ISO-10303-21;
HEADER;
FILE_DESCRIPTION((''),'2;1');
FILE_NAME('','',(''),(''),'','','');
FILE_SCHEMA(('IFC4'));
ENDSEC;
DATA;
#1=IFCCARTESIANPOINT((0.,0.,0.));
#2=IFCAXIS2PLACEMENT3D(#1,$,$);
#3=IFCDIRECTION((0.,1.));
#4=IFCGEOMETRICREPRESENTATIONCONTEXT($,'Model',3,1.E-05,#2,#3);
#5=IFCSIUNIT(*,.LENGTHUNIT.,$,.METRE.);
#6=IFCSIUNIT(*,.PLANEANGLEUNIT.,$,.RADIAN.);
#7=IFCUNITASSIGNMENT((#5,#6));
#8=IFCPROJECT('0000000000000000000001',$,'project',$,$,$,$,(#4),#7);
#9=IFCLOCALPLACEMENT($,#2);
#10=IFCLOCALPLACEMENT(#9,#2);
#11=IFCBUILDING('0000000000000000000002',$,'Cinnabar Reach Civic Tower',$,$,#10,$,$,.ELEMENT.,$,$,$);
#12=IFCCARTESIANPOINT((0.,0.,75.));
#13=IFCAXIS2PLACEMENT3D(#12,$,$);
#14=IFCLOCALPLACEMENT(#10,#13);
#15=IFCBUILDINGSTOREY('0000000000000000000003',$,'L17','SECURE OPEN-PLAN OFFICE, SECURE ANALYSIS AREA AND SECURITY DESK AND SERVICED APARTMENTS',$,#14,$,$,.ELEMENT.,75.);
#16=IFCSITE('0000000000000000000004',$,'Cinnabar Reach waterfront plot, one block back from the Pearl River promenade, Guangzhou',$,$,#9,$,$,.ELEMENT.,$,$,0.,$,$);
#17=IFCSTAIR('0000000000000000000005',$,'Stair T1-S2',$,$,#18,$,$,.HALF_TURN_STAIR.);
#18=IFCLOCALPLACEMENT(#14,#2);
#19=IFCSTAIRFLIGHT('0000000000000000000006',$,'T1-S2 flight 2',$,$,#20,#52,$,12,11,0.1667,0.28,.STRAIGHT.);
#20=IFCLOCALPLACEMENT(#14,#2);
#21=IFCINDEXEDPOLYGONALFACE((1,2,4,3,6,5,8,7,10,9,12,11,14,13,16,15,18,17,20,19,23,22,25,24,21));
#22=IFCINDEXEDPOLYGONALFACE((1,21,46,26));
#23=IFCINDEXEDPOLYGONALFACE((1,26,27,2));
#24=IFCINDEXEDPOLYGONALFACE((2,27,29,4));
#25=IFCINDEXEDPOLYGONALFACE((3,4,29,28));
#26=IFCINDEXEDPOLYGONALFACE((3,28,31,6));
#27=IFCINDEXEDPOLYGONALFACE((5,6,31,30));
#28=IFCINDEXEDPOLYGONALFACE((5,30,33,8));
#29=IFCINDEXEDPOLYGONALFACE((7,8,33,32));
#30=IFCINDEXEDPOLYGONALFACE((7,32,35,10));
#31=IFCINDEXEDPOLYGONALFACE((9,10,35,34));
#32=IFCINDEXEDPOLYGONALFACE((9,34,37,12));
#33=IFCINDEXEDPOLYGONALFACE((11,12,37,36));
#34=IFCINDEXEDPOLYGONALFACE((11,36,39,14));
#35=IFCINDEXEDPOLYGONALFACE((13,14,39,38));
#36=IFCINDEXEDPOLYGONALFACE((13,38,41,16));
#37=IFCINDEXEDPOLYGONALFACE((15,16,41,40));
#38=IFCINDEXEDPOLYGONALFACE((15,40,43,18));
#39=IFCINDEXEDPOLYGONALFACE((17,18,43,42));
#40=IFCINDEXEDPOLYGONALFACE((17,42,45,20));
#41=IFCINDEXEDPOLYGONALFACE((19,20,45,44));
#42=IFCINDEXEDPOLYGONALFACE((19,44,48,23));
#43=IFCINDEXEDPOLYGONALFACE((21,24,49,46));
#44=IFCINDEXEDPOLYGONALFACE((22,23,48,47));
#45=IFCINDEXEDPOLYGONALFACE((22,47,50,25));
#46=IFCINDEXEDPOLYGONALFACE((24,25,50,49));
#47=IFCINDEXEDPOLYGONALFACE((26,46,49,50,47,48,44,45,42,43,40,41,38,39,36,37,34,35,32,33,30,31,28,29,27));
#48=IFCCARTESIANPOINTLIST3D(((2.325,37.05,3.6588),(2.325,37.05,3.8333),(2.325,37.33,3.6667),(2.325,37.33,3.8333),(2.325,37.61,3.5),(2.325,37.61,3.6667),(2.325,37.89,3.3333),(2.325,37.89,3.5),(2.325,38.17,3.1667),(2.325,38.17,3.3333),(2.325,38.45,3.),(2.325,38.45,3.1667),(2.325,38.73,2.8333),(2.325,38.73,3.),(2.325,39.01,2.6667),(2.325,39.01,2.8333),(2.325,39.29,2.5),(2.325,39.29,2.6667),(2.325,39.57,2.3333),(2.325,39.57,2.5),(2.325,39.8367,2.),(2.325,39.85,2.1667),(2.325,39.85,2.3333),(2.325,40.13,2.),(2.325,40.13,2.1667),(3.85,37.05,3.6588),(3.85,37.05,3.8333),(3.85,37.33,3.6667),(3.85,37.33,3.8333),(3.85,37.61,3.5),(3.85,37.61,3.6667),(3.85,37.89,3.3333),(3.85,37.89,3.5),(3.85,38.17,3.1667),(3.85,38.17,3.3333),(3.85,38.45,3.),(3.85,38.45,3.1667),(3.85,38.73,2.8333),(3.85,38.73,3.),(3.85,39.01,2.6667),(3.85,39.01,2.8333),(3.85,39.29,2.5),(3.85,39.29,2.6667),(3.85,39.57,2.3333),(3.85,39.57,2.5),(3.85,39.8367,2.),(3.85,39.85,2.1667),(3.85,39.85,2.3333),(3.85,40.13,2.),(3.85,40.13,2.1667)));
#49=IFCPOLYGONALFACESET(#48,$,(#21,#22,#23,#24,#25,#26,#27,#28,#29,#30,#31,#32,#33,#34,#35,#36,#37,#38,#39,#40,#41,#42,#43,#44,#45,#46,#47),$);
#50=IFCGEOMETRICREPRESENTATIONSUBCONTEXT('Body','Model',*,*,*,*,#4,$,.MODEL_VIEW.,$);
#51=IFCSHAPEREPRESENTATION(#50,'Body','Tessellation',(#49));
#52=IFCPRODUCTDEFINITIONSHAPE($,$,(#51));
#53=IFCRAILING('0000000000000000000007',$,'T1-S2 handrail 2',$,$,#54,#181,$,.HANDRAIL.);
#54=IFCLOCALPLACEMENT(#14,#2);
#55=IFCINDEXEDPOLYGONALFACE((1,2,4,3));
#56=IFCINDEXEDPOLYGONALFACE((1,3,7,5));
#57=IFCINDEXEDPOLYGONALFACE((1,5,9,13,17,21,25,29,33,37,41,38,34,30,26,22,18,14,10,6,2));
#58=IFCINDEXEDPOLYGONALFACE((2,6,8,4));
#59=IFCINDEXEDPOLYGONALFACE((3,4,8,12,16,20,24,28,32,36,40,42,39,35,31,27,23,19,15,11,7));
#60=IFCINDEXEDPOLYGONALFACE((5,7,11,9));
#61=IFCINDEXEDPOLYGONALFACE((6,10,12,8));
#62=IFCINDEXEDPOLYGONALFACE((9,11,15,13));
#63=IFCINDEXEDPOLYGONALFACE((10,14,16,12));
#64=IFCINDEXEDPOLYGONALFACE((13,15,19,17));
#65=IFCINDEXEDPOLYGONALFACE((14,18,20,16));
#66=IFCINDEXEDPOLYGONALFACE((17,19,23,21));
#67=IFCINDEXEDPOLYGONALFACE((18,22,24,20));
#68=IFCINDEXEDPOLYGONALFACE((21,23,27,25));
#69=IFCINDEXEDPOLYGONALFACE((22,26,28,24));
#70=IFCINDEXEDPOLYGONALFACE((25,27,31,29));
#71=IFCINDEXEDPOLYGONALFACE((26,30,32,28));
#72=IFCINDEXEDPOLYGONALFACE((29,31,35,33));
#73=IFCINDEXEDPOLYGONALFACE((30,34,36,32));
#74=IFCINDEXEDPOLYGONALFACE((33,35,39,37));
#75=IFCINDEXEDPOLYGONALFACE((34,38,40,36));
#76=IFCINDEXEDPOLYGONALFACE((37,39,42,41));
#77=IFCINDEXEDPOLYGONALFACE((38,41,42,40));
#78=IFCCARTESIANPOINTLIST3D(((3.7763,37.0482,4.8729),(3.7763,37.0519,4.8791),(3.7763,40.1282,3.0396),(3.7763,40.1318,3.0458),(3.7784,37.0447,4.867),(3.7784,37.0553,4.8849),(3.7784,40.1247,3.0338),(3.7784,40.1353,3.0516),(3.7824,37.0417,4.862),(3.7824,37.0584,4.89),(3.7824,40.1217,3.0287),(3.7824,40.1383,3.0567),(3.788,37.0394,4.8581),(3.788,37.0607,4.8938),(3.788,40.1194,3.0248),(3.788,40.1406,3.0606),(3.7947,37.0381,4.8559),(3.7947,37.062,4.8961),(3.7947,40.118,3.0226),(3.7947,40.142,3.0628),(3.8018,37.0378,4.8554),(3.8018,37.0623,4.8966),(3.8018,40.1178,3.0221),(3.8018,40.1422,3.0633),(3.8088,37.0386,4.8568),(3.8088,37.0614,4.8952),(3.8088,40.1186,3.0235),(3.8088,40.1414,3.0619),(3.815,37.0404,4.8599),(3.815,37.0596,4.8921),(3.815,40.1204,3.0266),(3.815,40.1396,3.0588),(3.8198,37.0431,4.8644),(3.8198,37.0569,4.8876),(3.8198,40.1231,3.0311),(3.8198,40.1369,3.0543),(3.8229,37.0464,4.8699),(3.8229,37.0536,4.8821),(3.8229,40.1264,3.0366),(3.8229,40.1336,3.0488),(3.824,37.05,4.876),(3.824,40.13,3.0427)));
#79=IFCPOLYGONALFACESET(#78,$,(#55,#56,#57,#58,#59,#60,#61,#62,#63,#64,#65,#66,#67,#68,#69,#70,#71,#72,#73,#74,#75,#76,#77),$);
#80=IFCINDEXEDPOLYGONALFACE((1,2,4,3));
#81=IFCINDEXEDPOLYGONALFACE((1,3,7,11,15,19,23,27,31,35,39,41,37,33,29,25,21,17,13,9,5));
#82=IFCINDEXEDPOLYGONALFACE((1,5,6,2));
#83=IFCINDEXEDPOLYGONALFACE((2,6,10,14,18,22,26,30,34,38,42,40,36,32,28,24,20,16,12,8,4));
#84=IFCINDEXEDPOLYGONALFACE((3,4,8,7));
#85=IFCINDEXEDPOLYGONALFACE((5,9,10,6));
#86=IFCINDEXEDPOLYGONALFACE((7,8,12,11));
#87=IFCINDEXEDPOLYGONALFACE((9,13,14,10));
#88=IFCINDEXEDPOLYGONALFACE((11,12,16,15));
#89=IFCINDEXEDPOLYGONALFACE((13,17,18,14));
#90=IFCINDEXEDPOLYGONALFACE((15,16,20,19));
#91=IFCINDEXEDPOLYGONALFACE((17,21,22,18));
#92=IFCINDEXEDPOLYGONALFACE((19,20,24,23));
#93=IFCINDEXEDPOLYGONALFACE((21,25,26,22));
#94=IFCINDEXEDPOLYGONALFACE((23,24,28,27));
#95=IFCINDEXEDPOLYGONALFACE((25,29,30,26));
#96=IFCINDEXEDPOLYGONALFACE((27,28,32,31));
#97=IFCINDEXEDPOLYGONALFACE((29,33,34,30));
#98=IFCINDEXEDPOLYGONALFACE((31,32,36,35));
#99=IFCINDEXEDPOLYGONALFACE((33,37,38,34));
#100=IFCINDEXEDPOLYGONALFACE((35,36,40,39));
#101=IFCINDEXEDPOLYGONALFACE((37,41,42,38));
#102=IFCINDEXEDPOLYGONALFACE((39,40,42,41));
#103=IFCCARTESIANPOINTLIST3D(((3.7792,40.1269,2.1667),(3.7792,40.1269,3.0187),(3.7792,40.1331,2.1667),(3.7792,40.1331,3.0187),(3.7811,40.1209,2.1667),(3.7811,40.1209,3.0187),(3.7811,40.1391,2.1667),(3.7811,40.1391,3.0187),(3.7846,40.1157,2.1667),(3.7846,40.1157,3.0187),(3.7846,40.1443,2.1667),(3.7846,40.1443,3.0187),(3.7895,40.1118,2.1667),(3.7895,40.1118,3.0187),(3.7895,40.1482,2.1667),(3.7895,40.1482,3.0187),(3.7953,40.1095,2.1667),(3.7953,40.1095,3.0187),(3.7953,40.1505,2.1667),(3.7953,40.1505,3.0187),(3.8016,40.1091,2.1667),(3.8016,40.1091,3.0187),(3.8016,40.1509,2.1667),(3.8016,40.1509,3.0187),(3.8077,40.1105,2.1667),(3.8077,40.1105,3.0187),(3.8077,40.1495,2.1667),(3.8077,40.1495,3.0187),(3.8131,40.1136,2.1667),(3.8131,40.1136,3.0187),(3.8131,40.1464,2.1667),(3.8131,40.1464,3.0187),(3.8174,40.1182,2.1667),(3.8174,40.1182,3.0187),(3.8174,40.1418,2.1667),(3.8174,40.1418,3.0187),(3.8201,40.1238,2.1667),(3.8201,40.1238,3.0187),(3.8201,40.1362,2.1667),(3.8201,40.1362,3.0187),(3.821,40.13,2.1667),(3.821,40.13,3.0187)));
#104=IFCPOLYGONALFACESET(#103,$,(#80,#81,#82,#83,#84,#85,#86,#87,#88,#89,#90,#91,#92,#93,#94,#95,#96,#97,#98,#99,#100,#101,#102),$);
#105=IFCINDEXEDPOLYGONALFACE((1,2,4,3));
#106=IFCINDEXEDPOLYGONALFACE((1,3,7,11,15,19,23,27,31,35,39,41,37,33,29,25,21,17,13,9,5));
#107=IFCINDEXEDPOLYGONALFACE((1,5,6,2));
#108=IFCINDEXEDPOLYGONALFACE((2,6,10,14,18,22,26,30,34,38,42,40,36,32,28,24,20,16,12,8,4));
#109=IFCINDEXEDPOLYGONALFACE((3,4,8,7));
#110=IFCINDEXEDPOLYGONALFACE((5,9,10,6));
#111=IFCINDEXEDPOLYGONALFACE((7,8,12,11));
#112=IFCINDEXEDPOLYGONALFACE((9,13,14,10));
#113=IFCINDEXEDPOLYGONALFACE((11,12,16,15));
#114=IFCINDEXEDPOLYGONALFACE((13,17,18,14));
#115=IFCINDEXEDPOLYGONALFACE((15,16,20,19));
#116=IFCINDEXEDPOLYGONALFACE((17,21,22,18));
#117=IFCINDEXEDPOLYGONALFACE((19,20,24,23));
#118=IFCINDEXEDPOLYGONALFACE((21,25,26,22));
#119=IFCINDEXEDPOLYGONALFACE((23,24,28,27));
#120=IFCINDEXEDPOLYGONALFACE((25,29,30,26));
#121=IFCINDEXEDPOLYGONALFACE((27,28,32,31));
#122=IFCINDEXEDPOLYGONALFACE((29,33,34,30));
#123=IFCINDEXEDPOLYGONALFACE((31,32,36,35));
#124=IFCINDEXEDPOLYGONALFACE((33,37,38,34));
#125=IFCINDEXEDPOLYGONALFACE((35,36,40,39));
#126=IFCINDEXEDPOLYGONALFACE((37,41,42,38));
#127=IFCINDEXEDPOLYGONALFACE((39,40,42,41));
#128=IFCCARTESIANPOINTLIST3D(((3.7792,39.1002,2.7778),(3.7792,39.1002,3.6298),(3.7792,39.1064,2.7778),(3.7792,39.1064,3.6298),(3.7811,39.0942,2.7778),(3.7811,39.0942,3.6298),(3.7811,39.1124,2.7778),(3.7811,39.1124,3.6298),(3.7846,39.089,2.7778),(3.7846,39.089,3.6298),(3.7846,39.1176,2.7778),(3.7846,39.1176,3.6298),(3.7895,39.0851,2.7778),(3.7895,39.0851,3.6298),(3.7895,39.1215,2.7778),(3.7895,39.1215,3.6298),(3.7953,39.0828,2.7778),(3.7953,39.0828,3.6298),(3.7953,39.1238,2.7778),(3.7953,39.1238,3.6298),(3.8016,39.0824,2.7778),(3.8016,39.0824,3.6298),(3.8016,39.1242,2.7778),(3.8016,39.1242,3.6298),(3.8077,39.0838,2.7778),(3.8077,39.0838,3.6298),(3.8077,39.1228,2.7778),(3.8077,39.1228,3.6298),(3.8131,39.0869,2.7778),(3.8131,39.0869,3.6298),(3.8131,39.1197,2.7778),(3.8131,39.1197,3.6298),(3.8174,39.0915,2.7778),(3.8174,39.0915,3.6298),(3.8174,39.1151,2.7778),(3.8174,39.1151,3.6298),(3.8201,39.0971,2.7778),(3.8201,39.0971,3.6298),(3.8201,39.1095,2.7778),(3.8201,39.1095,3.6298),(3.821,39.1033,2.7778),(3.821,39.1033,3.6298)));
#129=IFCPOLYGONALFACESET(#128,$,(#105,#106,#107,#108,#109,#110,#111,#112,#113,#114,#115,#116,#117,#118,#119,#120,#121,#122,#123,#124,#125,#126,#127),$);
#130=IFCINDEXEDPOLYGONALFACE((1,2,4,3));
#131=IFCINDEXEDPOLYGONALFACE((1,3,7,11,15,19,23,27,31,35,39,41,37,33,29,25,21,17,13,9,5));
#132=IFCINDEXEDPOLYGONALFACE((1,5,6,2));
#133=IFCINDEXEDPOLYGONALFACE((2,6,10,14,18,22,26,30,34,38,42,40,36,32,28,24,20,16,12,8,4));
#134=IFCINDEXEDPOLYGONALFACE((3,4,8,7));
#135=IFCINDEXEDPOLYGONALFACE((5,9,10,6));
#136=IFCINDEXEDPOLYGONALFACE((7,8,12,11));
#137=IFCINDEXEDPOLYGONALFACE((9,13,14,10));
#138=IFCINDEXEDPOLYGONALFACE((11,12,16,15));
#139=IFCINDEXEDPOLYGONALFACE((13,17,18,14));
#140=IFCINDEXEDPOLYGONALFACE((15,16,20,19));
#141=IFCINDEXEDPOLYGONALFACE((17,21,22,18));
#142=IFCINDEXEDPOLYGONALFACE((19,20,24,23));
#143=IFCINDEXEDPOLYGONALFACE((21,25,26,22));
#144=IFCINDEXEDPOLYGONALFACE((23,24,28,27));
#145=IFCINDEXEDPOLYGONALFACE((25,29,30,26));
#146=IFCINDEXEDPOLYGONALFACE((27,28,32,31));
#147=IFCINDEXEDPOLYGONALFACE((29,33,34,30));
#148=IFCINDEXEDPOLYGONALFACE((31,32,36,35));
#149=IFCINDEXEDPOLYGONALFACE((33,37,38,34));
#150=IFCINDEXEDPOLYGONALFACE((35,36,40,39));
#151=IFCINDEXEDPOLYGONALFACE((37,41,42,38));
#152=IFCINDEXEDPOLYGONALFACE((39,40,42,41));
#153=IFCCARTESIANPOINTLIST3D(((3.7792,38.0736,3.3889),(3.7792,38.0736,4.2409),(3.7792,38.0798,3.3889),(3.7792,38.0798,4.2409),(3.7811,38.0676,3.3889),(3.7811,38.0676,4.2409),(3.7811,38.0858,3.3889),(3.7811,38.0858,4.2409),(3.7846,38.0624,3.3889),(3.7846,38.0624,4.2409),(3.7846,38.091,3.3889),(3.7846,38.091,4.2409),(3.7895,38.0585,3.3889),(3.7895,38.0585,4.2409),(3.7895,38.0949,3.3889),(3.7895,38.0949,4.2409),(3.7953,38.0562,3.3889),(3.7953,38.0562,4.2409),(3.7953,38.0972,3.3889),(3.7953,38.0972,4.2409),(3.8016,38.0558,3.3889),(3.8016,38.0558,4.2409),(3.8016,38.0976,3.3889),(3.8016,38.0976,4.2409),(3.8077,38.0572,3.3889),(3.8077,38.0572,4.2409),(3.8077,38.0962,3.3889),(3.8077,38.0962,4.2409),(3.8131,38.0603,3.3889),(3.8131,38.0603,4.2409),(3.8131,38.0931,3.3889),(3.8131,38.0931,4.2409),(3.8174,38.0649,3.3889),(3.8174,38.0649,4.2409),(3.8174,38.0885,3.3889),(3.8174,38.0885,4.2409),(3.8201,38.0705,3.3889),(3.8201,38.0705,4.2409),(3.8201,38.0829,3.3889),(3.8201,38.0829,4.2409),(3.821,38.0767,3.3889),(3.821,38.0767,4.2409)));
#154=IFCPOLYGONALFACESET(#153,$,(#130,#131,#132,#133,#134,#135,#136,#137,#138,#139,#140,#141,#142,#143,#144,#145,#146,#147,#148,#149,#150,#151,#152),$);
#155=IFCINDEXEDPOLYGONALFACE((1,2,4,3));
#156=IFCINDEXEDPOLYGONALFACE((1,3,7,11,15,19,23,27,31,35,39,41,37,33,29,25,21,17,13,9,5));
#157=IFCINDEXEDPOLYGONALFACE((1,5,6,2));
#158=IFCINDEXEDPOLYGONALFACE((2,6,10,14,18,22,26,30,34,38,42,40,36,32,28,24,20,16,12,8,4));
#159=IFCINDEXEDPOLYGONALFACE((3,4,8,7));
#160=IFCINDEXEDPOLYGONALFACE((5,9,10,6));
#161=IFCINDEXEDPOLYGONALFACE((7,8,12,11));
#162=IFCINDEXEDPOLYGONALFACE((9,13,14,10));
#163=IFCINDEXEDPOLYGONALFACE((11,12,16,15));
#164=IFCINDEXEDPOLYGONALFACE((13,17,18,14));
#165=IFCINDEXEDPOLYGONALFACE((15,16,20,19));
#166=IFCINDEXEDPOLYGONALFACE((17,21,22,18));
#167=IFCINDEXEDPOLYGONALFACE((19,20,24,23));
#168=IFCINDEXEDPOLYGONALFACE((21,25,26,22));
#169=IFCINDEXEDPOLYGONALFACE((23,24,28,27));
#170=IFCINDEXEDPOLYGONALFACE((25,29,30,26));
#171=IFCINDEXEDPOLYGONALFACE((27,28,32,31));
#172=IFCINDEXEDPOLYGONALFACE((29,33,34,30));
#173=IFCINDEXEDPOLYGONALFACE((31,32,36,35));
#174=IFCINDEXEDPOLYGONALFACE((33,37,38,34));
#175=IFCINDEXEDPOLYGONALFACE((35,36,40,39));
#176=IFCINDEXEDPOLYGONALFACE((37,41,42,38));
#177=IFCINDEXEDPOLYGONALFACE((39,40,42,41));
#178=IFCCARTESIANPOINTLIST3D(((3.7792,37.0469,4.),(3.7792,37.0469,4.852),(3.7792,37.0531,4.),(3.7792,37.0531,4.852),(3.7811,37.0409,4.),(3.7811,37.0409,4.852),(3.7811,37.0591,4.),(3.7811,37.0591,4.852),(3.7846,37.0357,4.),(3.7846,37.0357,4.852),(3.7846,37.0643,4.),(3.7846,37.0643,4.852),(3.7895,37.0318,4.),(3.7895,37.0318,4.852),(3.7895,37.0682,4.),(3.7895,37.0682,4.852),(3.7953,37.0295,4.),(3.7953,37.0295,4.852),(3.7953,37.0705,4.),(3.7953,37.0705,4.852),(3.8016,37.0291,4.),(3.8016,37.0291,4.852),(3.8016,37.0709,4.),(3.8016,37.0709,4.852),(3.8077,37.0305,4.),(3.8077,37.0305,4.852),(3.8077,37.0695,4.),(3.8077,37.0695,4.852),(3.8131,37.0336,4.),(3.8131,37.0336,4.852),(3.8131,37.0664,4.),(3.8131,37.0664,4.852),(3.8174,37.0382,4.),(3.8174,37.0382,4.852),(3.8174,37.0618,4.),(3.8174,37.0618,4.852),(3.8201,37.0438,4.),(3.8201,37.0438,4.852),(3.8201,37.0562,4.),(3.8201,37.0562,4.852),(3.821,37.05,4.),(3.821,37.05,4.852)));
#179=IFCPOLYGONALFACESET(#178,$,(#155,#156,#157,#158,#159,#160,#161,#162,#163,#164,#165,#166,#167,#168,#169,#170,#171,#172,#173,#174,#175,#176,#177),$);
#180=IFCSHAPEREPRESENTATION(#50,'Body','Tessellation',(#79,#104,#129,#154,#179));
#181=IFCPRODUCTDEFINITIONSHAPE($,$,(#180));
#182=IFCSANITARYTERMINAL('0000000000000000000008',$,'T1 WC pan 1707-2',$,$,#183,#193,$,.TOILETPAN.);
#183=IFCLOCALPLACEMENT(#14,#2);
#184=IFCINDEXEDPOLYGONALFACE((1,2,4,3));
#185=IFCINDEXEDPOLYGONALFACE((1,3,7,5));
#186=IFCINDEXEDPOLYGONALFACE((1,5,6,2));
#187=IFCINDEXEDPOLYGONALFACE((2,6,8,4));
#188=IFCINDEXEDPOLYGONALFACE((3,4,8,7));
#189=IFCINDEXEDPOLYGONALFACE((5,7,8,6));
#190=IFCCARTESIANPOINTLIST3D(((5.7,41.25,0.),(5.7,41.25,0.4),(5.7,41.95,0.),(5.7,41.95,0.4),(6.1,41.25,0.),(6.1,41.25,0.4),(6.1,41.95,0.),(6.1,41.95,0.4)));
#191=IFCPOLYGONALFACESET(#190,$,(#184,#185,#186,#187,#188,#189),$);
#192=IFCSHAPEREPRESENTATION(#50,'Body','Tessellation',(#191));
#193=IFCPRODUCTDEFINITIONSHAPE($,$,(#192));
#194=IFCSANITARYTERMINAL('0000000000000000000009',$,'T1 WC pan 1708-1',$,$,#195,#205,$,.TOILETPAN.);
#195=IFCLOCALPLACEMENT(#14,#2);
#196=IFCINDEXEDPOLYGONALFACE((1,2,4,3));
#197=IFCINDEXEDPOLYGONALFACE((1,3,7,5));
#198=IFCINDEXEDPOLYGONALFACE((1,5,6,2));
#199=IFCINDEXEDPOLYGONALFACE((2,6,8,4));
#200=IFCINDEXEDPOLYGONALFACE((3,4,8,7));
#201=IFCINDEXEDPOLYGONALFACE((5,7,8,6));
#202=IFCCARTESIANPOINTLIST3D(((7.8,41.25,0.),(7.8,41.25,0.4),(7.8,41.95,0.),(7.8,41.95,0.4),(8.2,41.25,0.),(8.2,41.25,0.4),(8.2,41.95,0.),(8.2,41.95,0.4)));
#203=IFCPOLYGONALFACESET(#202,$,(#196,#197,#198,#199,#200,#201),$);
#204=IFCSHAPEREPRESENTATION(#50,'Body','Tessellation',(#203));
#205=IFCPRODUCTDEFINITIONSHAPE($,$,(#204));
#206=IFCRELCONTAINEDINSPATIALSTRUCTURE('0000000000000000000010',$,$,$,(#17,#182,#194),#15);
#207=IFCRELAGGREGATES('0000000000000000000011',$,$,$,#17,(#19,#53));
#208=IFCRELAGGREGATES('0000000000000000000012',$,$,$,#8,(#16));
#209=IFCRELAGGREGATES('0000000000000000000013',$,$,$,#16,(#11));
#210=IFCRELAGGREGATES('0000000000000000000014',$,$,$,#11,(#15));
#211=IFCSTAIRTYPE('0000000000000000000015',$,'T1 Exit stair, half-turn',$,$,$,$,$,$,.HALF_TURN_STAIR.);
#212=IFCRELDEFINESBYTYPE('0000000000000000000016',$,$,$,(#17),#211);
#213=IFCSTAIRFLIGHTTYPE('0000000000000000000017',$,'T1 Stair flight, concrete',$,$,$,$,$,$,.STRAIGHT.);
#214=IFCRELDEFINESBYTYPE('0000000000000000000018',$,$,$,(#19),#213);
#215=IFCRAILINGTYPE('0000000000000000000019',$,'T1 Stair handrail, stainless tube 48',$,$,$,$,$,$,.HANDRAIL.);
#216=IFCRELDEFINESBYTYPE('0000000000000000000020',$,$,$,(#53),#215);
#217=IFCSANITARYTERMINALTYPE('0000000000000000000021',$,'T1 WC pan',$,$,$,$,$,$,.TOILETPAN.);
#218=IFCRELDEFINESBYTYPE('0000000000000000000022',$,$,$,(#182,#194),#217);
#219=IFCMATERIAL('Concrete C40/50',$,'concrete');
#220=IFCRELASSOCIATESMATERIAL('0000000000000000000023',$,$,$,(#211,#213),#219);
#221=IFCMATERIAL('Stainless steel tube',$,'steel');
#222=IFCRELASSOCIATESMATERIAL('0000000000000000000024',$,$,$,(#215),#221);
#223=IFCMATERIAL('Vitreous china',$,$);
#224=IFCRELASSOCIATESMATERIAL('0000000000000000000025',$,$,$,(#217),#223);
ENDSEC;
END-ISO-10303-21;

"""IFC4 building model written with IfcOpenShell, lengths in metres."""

from ifc_helpers import new_model, si_unit, direction, frame, origin, origin_2d, place, context, subcontext, project, spatial, polyline, rectangle, circle, outline, extrude, material, type_object, element, aggregate, save


model = new_model("IFC4")

# Units and contexts
model_context = context("Model", 3, precision=1e-05, world=origin(), true_north=direction((0.0, 1.0)))
body_context = subcontext(model_context, "Body", "Model", "MODEL_VIEW")
ifc_project = project(units=[si_unit("LENGTHUNIT", "METRE"), si_unit("PLANEANGLEUNIT", "RADIAN")], contexts=[model_context])

# Site, building, storey
site_placement = place(None, origin())
site = spatial("IfcSite", under=ifc_project, at=site_placement, Name="Cinnabar Reach waterfront plot, one block back from the Pearl River promenade, Guangzhou", CompositionType="ELEMENT", RefElevation=0.0)
building_placement = place(site_placement, origin())
building = spatial("IfcBuilding", under=site, at=building_placement, Name="Cinnabar Reach Civic Tower", CompositionType="ELEMENT")
storey_placement = place(building_placement, frame((0.0, 0.0, 75.0)))
storey = spatial("IfcBuildingStorey", under=building, at=storey_placement, Name="L17", Description="SECURE OPEN-PLAN OFFICE, SECURE ANALYSIS AREA AND SECURITY DESK AND SERVICED APARTMENTS", CompositionType="ELEMENT", Elevation=75.0)

# Shared definitions
ifc_material_1 = material(Name="Concrete C40/50", Category="concrete")

# Stair, stair flight, railing
stair_type = type_object("IfcStairType", Name="T1 Exit stair, half-turn", PredefinedType="HALF_TURN_STAIR", material=ifc_material_1)
stair_placement = place(storey_placement, origin())
stair = element("IfcStair", 1, at=stair_placement, inside=storey, type_object=stair_type, Name="Stair T1-S2", PredefinedType="HALF_TURN_STAIR")
stair_flight_type = type_object("IfcStairFlightType", Name="T1 Stair flight, concrete", PredefinedType="STRAIGHT", material=ifc_material_1)
stair_flight_placement = place(storey_placement, frame((3.0875, 40.13, 2.0), z_axis=(0.0, 0.0, 1.0), x_axis=(0.0, -1.0, 0.0)))
stair_flight = element("IfcStairFlight", 2, at=stair_flight_placement, type_object=stair_flight_type, Name="T1-S2 flight 2", NumberOfRisers=12, NumberOfTreads=11, PredefinedType="STRAIGHT", RiserHeight=0.1667, TreadLength=0.28, context=body_context, shape_type="SweptSolid", body=[
    extrude(outline(polyline([(0.0, 0.0), (0.0, 0.1667), (0.28, 0.1667), (0.28, 0.3333), (0.56, 0.3333), (0.56, 0.5), (0.84, 0.5), (0.84, 0.6667), (1.12, 0.6667), (1.12, 0.8333), (1.4, 0.8333), (1.4, 1.0), (1.68, 1.0), (1.68, 1.1667), (1.96, 1.1667), (1.96, 1.3333), (2.24, 1.3333), (2.24, 1.5), (2.52, 1.5), (2.52, 1.6667), (2.8, 1.6667), (2.8, 1.8333), (3.08, 1.8333), (3.08, 2.0), (3.08, 1.6588), (0.2933, 0.0), (0.0, 0.0)])), frame((0.0, 0.7625, 0.0), z_axis=(0.0, -1.0, 0.0), x_axis=(1.0, 0.0, 0.0)), (0.0, 0.0, 1.0), 1.525),
])
ifc_material_2 = material(Name="Stainless steel tube", Category="steel")
railing_type = type_object("IfcRailingType", Name="T1 Stair handrail, stainless tube 48", PredefinedType="HANDRAIL", material=ifc_material_2)
railing_placement = place(storey_placement, frame((3.8, 40.13, 2.1667)))
railing = element("IfcRailing", 3, at=railing_placement, type_object=railing_type, Name="T1-S2 handrail 2", PredefinedType="HANDRAIL", context=body_context, shape_type="SweptSolid", body=[
    extrude(circle(Radius=0.024, at=origin_2d()), frame((0.0, 0.0, 0.876), z_axis=(0.0, -0.859297, 0.511477), x_axis=(1.0, 0.0, 0.0)), (0.0, 0.0, 1.0), 3.5843),
    extrude(circle(Radius=0.021, at=origin_2d()), origin(), (0.0, 0.0, 1.0), 0.852),
    extrude(circle(Radius=0.021, at=origin_2d()), frame((0.0, -1.0267, 0.6111)), (0.0, 0.0, 1.0), 0.852),
    extrude(circle(Radius=0.021, at=origin_2d()), frame((0.0, -2.0533, 1.2222)), (0.0, 0.0, 1.0), 0.852),
    extrude(circle(Radius=0.021, at=origin_2d()), frame((0.0, -3.08, 1.8333)), (0.0, 0.0, 1.0), 0.852),
])
aggregate(stair, [stair_flight, railing])

# Sanitary terminals
ifc_material_3 = material(Name="Vitreous china")
sanitary_terminal_type_1 = type_object("IfcSanitaryTerminalType", Name="T1 WC pan", PredefinedType="TOILETPAN", material=ifc_material_3)
for number, where, z_axis, x_axis, name in (
    (4, (5.9, 41.6, 0.0), (0.0, 0.0, 1.0), (1.0, 0.0, 0.0), "T1 WC pan 1707-2"),
    (5, (8.0, 41.6, 0.0), (0.0, 0.0, 1.0), (1.0, 0.0, 0.0), "T1 WC pan 1708-1"),
):
    element("IfcSanitaryTerminal", number, at=place(storey_placement, frame(where, z_axis=z_axis, x_axis=x_axis)), inside=storey, type_object=sanitary_terminal_type_1, Name=name, PredefinedType="TOILETPAN", context=body_context, shape_type="SweptSolid", body=[
        extrude(rectangle(XDim=0.4, YDim=0.7, at=origin_2d()), origin(), (0.0, 0.0, 1.0), 0.4),
    ])

save(model, "model.ifc")
